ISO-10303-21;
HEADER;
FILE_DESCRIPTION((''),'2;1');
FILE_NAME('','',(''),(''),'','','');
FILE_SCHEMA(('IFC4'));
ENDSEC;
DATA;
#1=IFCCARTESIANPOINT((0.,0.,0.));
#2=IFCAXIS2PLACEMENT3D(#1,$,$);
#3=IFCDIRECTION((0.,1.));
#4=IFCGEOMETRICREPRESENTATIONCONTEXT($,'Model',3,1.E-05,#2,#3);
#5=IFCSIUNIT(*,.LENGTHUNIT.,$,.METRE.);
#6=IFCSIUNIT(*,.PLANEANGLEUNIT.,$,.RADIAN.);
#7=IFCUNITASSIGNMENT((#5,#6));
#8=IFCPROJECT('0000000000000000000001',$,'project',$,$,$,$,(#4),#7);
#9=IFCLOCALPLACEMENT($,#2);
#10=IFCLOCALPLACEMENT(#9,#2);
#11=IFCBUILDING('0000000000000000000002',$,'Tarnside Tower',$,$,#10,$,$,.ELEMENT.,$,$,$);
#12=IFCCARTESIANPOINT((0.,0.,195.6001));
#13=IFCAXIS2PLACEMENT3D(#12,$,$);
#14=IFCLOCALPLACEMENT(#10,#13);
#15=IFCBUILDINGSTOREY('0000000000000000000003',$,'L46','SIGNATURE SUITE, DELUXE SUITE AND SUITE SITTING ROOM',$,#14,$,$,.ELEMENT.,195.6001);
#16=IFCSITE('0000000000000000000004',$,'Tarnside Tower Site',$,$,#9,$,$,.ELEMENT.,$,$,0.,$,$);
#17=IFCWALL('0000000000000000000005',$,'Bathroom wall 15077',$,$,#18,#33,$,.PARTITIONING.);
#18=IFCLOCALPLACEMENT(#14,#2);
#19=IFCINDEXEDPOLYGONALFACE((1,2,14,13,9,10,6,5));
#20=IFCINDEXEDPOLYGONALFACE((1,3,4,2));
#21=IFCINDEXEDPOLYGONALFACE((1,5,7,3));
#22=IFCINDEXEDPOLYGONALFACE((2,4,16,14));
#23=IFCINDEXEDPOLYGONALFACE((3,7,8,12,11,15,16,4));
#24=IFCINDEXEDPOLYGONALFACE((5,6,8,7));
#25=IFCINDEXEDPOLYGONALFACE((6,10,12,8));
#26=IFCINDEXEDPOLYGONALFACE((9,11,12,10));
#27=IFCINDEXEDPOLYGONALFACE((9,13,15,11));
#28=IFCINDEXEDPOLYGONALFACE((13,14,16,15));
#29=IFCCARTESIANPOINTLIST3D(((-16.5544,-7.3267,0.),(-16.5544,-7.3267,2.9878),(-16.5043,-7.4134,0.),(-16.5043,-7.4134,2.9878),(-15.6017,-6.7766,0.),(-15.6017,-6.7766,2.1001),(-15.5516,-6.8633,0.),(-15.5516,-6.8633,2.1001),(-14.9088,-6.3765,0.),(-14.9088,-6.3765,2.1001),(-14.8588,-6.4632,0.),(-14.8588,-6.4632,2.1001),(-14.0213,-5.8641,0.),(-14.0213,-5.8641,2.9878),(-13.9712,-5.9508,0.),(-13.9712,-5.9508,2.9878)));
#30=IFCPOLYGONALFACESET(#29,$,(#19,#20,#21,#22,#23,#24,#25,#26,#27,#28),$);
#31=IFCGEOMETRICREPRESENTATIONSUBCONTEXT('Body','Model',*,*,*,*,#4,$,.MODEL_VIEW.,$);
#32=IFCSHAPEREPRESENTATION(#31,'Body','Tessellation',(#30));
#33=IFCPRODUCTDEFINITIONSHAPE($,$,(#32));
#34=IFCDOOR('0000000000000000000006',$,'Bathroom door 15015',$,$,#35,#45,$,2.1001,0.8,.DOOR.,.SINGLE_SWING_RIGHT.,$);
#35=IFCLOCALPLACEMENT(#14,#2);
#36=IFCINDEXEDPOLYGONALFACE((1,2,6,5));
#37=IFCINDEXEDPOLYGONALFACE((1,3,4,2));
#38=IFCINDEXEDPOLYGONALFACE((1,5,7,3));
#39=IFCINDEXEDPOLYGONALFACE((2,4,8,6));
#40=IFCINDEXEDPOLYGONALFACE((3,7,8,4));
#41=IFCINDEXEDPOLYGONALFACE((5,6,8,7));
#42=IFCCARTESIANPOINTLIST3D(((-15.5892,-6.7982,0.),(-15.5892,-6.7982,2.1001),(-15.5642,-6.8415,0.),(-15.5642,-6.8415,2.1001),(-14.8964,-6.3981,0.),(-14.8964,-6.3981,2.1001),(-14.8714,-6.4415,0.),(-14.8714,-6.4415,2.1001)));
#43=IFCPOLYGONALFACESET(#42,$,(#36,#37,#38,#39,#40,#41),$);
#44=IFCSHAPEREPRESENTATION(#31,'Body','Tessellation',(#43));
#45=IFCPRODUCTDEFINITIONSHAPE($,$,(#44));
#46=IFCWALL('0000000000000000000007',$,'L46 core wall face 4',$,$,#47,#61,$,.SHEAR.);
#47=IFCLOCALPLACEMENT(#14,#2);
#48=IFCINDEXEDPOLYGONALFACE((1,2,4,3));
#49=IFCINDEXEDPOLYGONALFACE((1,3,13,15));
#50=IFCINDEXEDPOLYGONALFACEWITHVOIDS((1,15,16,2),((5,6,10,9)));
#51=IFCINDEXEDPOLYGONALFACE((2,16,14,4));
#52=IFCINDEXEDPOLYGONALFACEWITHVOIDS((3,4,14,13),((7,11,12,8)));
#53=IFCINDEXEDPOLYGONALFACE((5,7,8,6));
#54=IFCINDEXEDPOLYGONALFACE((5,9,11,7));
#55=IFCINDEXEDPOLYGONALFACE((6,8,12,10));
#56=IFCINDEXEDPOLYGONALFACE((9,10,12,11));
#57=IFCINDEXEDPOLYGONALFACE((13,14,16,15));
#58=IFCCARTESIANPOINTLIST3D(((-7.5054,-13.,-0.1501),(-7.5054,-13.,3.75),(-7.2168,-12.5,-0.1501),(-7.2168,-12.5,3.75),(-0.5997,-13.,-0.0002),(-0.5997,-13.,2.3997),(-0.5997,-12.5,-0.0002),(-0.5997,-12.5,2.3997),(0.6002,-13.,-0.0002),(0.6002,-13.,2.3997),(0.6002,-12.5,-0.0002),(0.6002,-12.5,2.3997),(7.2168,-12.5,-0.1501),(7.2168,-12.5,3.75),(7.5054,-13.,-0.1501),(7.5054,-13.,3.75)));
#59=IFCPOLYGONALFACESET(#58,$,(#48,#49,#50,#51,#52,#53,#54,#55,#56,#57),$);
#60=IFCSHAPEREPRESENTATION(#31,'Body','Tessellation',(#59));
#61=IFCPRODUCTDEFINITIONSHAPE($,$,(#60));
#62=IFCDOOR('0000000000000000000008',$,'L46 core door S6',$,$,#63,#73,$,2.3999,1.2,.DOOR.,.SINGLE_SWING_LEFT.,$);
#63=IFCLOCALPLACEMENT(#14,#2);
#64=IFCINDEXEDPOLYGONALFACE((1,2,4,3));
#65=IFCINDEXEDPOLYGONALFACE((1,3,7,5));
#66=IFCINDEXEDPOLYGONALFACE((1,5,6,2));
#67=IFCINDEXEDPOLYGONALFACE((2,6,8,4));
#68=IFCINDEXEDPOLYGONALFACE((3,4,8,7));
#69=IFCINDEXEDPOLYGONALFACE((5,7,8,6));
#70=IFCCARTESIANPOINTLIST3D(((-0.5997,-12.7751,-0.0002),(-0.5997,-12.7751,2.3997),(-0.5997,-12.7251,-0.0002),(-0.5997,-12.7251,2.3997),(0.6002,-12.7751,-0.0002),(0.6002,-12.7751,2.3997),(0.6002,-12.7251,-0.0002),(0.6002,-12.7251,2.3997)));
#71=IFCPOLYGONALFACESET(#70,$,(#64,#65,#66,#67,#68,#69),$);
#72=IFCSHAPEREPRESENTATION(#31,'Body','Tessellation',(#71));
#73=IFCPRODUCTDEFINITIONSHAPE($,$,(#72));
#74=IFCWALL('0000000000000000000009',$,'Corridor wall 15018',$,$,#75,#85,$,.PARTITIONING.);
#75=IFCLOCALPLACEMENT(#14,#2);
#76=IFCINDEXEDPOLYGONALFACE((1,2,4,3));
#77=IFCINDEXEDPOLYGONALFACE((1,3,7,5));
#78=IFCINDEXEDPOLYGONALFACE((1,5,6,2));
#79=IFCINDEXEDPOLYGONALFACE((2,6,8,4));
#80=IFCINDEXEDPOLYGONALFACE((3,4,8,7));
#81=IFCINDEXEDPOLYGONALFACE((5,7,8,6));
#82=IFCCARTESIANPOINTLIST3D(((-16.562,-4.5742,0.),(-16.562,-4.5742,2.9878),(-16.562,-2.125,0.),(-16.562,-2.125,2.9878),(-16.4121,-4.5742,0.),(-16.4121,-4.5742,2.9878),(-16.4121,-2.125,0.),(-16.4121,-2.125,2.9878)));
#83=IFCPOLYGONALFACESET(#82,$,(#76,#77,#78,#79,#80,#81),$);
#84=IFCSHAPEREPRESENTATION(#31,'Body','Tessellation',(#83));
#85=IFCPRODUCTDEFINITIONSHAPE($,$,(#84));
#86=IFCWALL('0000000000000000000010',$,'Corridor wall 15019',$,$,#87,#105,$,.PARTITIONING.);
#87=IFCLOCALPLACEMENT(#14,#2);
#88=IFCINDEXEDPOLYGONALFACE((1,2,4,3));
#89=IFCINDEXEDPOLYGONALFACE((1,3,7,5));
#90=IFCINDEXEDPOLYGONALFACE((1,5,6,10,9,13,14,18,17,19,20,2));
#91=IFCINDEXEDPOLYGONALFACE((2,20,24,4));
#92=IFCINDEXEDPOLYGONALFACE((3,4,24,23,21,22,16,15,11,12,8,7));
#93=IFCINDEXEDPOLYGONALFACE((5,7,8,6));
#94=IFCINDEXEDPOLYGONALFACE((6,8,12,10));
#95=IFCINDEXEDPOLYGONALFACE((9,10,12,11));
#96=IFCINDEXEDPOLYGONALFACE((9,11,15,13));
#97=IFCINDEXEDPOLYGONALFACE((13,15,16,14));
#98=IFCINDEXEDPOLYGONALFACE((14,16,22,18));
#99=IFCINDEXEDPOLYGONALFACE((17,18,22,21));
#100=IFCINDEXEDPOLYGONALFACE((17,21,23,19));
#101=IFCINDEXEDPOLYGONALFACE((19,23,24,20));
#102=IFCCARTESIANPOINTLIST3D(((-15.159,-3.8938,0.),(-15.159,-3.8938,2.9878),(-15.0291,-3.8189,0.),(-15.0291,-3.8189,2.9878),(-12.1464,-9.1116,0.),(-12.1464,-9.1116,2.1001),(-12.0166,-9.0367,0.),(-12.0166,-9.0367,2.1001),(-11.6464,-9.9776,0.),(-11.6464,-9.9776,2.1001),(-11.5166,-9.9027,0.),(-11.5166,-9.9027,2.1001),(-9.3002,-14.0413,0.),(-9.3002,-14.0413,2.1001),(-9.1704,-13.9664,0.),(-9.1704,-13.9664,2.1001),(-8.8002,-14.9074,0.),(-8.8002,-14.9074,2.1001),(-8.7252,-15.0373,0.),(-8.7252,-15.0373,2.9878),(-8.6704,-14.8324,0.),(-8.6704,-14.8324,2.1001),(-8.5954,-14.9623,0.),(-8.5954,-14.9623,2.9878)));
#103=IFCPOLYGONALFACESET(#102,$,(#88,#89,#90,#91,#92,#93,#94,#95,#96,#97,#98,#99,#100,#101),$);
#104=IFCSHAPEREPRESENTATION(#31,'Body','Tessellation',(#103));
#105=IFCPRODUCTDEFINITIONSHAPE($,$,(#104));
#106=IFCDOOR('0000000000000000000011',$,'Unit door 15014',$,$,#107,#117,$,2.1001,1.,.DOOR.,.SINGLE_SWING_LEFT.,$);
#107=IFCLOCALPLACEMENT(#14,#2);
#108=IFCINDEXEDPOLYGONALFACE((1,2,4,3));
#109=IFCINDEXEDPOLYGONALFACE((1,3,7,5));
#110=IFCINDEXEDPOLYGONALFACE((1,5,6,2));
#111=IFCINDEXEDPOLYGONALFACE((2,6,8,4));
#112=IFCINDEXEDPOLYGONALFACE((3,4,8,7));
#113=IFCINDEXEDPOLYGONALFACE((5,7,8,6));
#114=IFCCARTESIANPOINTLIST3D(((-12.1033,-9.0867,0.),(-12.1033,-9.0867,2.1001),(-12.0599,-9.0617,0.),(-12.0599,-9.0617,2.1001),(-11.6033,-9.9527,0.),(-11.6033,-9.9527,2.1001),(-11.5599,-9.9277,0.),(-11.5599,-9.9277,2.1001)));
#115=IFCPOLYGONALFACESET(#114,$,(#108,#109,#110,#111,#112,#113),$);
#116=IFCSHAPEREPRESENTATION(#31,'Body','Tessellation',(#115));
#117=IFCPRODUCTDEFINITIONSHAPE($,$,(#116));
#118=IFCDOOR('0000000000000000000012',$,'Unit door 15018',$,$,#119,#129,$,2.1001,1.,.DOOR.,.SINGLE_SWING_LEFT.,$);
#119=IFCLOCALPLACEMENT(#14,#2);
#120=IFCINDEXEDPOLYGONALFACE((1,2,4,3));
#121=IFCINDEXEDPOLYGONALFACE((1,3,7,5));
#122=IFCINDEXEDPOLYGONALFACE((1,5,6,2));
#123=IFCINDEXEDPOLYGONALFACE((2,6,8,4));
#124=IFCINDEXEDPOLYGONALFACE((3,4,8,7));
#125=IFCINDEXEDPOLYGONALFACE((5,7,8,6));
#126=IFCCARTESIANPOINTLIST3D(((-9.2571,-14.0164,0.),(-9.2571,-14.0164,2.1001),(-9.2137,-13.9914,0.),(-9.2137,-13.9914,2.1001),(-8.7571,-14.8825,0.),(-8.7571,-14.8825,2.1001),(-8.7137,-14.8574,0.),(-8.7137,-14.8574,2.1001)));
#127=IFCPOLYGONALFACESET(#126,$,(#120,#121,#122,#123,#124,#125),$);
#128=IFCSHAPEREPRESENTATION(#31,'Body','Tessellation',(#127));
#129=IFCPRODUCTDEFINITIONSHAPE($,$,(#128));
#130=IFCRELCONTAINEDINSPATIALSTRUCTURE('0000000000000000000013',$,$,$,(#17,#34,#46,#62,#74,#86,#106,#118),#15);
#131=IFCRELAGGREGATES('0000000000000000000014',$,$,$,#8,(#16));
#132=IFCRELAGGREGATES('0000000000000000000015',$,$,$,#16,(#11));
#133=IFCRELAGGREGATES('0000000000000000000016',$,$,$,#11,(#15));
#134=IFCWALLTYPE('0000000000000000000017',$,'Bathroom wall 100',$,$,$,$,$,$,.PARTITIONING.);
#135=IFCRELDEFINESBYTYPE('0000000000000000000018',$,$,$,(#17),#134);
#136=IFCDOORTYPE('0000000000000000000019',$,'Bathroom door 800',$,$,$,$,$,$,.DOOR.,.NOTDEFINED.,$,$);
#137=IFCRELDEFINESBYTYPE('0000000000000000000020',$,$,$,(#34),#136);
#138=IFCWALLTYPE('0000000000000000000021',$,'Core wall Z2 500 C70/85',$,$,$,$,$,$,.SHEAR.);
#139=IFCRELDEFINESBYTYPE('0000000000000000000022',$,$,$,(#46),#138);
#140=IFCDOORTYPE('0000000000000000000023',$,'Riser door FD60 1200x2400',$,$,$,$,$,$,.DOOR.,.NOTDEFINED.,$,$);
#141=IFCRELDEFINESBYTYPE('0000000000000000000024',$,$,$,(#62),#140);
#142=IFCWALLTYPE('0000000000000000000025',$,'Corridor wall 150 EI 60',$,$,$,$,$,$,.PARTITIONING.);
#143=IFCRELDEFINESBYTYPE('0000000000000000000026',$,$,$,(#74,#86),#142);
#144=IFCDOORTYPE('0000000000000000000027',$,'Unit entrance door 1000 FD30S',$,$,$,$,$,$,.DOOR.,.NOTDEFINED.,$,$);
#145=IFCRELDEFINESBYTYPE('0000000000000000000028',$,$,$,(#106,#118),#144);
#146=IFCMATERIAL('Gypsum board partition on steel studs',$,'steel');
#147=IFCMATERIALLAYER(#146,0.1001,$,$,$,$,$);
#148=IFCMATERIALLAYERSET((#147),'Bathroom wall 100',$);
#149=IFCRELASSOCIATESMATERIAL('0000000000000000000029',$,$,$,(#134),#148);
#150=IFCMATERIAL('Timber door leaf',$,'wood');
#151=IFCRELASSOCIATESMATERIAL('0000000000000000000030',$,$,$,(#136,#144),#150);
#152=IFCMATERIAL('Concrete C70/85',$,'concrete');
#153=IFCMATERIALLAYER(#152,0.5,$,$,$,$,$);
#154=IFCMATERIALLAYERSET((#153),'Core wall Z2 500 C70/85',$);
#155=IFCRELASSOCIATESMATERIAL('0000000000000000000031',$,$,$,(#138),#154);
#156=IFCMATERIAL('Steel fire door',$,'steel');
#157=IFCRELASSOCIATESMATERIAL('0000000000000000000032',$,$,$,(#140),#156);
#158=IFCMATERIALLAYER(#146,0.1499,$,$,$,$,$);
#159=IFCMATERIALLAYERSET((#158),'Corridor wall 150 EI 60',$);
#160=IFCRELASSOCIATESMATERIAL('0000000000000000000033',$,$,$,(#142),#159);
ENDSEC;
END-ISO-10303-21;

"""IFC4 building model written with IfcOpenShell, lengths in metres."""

from ifc_helpers import new_model, si_unit, direction, frame, frame_2d, origin, place, context, subcontext, project, spatial, polyline, rectangle, outline, extrude, material, layer, layer_set, type_object, element, fill, save


model = new_model("IFC4")

# Units and contexts
model_context = context("Model", 3, precision=1e-05, world=origin(), true_north=direction((0.0, 1.0)))
body_context = subcontext(model_context, "Body", "Model", "MODEL_VIEW")
ifc_project = project(units=[si_unit("LENGTHUNIT", "METRE"), si_unit("PLANEANGLEUNIT", "RADIAN")], contexts=[model_context])

# Site, building, storey
site_placement = place(None, origin())
site = spatial("IfcSite", under=ifc_project, at=site_placement, Name="Tarnside Tower Site", CompositionType="ELEMENT", RefElevation=0.0)
building_placement = place(site_placement, origin())
building = spatial("IfcBuilding", under=site, at=building_placement, Name="Tarnside Tower", CompositionType="ELEMENT")
storey_placement = place(building_placement, frame((0.0, 0.0, 195.6001)))
storey = spatial("IfcBuildingStorey", under=building, at=storey_placement, Name="L46", Description="SIGNATURE SUITE, DELUXE SUITE AND SUITE SITTING ROOM", CompositionType="ELEMENT", Elevation=195.6001)

# Walls, openings, doors
ifc_material_1 = material(Name="Gypsum board partition on steel studs", Category="steel")
ifc_layer_1 = layer(ifc_material_1, 0.1001)
ifc_layer_set_1 = layer_set([ifc_layer_1], Name="Bathroom wall 100")
wall_type_1 = type_object("IfcWallType", Name="Bathroom wall 100", PredefinedType="PARTITIONING", material=ifc_layer_set_1)
wall_1_placement = place(storey_placement, frame((-13.9963, -5.9075, 0.0), z_axis=(0.0, 0.0, 1.0), x_axis=(-0.86601, -0.500026, 0.0)))
wall_1 = element("IfcWall", 1, at=wall_1_placement, inside=storey, type_object=wall_type_1, Name="Bathroom wall 15077", PredefinedType="PARTITIONING", context=body_context, shape_type="SweptSolid", body=[
    extrude(rectangle(XDim=2.925, YDim=0.1001, at=frame_2d((1.4624, 0.0))), origin(), (0.0, 0.0, 1.0), 2.9878),
])
opening_1_placement = place(wall_1_placement, frame((1.0249, 0.0, 0.0)))
opening_1 = element("IfcOpeningElement", 2, at=opening_1_placement, cuts=wall_1, PredefinedType="OPENING", context=body_context, shape_type="SweptSolid", body=[
    extrude(rectangle(XDim=0.8, YDim=2.1001, at=frame_2d((0.3999, 1.05))), frame((0.0, 0.0601, 0.0), z_axis=(0.0, -1.0, 0.0), x_axis=(1.0, 0.0, 0.0)), (0.0, 0.0, 1.0), 0.1201),
])
ifc_material_2 = material(Name="Timber door leaf", Category="wood")
door_type_1 = type_object("IfcDoorType", Name="Bathroom door 800", OperationType="NOTDEFINED", PredefinedType="DOOR", material=ifc_material_2)
door_1_placement = place(opening_1_placement, origin())
door_1 = element("IfcDoor", 3, at=door_1_placement, inside=storey, type_object=door_type_1, Name="Bathroom door 15015", OperationType="SINGLE_SWING_RIGHT", OverallHeight=2.1001, OverallWidth=0.8, PredefinedType="DOOR", context=body_context, shape_type="SweptSolid", body=[
    extrude(rectangle(XDim=0.8, YDim=2.1001, at=frame_2d((0.3999, 1.05))), frame((0.0, 0.0249, 0.0), z_axis=(0.0, -1.0, 0.0), x_axis=(1.0, 0.0, 0.0)), (0.0, 0.0, 1.0), 0.05),
])
fill(opening_1, door_1)
ifc_material_3 = material(Name="Concrete C70/85", Category="concrete")
ifc_layer_2 = layer(ifc_material_3, 0.5)
ifc_layer_set_2 = layer_set([ifc_layer_2], Name="Core wall Z2 500 C70/85")
wall_type_2 = type_object("IfcWallType", Name="Core wall Z2 500 C70/85", PredefinedType="SHEAR", material=ifc_layer_set_2)
wall_2_placement = place(storey_placement, frame((-7.3611, -12.75, -0.1501), z_axis=(0.0, 0.0, 1.0), x_axis=(1.0, 0.0, 0.0)))
wall_2 = element("IfcWall", 4, at=wall_2_placement, inside=storey, type_object=wall_type_2, Name="L46 core wall face 4", PredefinedType="SHEAR", context=body_context, shape_type="SweptSolid", body=[
    extrude(outline(polyline([(-0.1443, -0.25), (14.8665, -0.25), (14.5779, 0.25), (0.1443, 0.25), (-0.1443, -0.25)])), origin(), (0.0, 0.0, 1.0), 3.9001),
])
opening_2_placement = place(wall_2_placement, frame((6.7612, 0.0, 0.1499)))
opening_2 = element("IfcOpeningElement", 5, at=opening_2_placement, cuts=wall_2, PredefinedType="OPENING", context=body_context, shape_type="SweptSolid", body=[
    extrude(rectangle(XDim=1.2, YDim=2.3999, at=frame_2d((0.6001, 1.2))), frame((0.0, 0.26, 0.0), z_axis=(0.0, -1.0, 0.0), x_axis=(1.0, 0.0, 0.0)), (0.0, 0.0, 1.0), 0.52),
])
ifc_material_4 = material(Name="Steel fire door", Category="steel")
door_type_2 = type_object("IfcDoorType", Name="Riser door FD60 1200x2400", OperationType="NOTDEFINED", PredefinedType="DOOR", material=ifc_material_4)
door_2_placement = place(opening_2_placement, origin())
door_2 = element("IfcDoor", 6, at=door_2_placement, inside=storey, type_object=door_type_2, Name="L46 core door S6", OperationType="SINGLE_SWING_LEFT", OverallHeight=2.3999, OverallWidth=1.2, PredefinedType="DOOR", context=body_context, shape_type="SweptSolid", body=[
    extrude(rectangle(XDim=1.2, YDim=2.3999, at=frame_2d((0.6001, 1.2))), frame((0.0, 0.0249, 0.0), z_axis=(0.0, -1.0, 0.0), x_axis=(1.0, 0.0, 0.0)), (0.0, 0.0, 1.0), 0.05),
])
fill(opening_2, door_2)

# Wall
ifc_layer_3 = layer(ifc_material_1, 0.1499)
ifc_layer_set_3 = layer_set([ifc_layer_3], Name="Corridor wall 150 EI 60")
wall_type_3 = type_object("IfcWallType", Name="Corridor wall 150 EI 60", PredefinedType="PARTITIONING", material=ifc_layer_set_3)
wall_3_placement = place(storey_placement, frame((-16.4871, -2.125, 0.0), z_axis=(0.0, 0.0, 1.0), x_axis=(0.0, -1.0, 0.0)))
element("IfcWall", 7, at=wall_3_placement, inside=storey, type_object=wall_type_3, Name="Corridor wall 15018", PredefinedType="PARTITIONING", context=body_context, shape_type="SweptSolid", body=[
    extrude(rectangle(XDim=2.4492, YDim=0.1499, at=frame_2d((1.2246, 0.0))), origin(), (0.0, 0.0, 1.0), 2.9878),
])

# Wall, openings, doors
wall_4_placement = place(storey_placement, frame((-15.094, -3.8564, 0.0), z_axis=(0.0, 0.0, 1.0), x_axis=(0.500006, -0.866022, 0.0)))
wall_4 = element("IfcWall", 8, at=wall_4_placement, inside=storey, type_object=wall_type_3, Name="Corridor wall 15019", PredefinedType="PARTITIONING", context=body_context, shape_type="SweptSolid", body=[
    extrude(rectangle(XDim=12.8674, YDim=0.1499, at=frame_2d((6.4336, 0.0))), origin(), (0.0, 0.0, 1.0), 2.9878),
])
opening_3_placement = place(wall_4_placement, frame((6.0249, 0.0, 0.0)))
opening_3 = element("IfcOpeningElement", 9, at=opening_3_placement, cuts=wall_4, PredefinedType="OPENING", context=body_context, shape_type="SweptSolid", body=[
    extrude(rectangle(XDim=1.0, YDim=2.1001, at=frame_2d((0.5, 1.05))), frame((0.0, 0.085, 0.0), z_axis=(0.0, -1.0, 0.0), x_axis=(1.0, 0.0, 0.0)), (0.0, 0.0, 1.0), 0.1699),
])
opening_4_placement = place(wall_4_placement, frame((11.7173, 0.0, 0.0)))
opening_4 = element("IfcOpeningElement", 10, at=opening_4_placement, cuts=wall_4, PredefinedType="OPENING", context=body_context, shape_type="SweptSolid", body=[
    extrude(rectangle(XDim=1.0, YDim=2.1001, at=frame_2d((0.5, 1.05))), frame((0.0, 0.085, 0.0), z_axis=(0.0, -1.0, 0.0), x_axis=(1.0, 0.0, 0.0)), (0.0, 0.0, 1.0), 0.1699),
])
door_type_3 = type_object("IfcDoorType", Name="Unit entrance door 1000 FD30S", OperationType="NOTDEFINED", PredefinedType="DOOR", material=ifc_material_2)
door_3_placement = place(opening_3_placement, origin())
door_3 = element("IfcDoor", 11, at=door_3_placement, inside=storey, type_object=door_type_3, Name="Unit door 15014", OperationType="SINGLE_SWING_LEFT", OverallHeight=2.1001, OverallWidth=1.0, PredefinedType="DOOR", context=body_context, shape_type="SweptSolid", body=[
    extrude(rectangle(XDim=1.0, YDim=2.1001, at=frame_2d((0.5, 1.05))), frame((0.0, 0.0249, 0.0), z_axis=(0.0, -1.0, 0.0), x_axis=(1.0, 0.0, 0.0)), (0.0, 0.0, 1.0), 0.05),
])
fill(opening_3, door_3)
door_4_placement = place(opening_4_placement, origin())
door_4 = element("IfcDoor", 12, at=door_4_placement, inside=storey, type_object=door_type_3, Name="Unit door 15018", OperationType="SINGLE_SWING_LEFT", OverallHeight=2.1001, OverallWidth=1.0, PredefinedType="DOOR", context=body_context, shape_type="SweptSolid", body=[
    extrude(rectangle(XDim=1.0, YDim=2.1001, at=frame_2d((0.5, 1.05))), frame((0.0, 0.0249, 0.0), z_axis=(0.0, -1.0, 0.0), x_axis=(1.0, 0.0, 0.0)), (0.0, 0.0, 1.0), 0.05),
])
fill(opening_4, door_4)

save(model, "model.ifc")
